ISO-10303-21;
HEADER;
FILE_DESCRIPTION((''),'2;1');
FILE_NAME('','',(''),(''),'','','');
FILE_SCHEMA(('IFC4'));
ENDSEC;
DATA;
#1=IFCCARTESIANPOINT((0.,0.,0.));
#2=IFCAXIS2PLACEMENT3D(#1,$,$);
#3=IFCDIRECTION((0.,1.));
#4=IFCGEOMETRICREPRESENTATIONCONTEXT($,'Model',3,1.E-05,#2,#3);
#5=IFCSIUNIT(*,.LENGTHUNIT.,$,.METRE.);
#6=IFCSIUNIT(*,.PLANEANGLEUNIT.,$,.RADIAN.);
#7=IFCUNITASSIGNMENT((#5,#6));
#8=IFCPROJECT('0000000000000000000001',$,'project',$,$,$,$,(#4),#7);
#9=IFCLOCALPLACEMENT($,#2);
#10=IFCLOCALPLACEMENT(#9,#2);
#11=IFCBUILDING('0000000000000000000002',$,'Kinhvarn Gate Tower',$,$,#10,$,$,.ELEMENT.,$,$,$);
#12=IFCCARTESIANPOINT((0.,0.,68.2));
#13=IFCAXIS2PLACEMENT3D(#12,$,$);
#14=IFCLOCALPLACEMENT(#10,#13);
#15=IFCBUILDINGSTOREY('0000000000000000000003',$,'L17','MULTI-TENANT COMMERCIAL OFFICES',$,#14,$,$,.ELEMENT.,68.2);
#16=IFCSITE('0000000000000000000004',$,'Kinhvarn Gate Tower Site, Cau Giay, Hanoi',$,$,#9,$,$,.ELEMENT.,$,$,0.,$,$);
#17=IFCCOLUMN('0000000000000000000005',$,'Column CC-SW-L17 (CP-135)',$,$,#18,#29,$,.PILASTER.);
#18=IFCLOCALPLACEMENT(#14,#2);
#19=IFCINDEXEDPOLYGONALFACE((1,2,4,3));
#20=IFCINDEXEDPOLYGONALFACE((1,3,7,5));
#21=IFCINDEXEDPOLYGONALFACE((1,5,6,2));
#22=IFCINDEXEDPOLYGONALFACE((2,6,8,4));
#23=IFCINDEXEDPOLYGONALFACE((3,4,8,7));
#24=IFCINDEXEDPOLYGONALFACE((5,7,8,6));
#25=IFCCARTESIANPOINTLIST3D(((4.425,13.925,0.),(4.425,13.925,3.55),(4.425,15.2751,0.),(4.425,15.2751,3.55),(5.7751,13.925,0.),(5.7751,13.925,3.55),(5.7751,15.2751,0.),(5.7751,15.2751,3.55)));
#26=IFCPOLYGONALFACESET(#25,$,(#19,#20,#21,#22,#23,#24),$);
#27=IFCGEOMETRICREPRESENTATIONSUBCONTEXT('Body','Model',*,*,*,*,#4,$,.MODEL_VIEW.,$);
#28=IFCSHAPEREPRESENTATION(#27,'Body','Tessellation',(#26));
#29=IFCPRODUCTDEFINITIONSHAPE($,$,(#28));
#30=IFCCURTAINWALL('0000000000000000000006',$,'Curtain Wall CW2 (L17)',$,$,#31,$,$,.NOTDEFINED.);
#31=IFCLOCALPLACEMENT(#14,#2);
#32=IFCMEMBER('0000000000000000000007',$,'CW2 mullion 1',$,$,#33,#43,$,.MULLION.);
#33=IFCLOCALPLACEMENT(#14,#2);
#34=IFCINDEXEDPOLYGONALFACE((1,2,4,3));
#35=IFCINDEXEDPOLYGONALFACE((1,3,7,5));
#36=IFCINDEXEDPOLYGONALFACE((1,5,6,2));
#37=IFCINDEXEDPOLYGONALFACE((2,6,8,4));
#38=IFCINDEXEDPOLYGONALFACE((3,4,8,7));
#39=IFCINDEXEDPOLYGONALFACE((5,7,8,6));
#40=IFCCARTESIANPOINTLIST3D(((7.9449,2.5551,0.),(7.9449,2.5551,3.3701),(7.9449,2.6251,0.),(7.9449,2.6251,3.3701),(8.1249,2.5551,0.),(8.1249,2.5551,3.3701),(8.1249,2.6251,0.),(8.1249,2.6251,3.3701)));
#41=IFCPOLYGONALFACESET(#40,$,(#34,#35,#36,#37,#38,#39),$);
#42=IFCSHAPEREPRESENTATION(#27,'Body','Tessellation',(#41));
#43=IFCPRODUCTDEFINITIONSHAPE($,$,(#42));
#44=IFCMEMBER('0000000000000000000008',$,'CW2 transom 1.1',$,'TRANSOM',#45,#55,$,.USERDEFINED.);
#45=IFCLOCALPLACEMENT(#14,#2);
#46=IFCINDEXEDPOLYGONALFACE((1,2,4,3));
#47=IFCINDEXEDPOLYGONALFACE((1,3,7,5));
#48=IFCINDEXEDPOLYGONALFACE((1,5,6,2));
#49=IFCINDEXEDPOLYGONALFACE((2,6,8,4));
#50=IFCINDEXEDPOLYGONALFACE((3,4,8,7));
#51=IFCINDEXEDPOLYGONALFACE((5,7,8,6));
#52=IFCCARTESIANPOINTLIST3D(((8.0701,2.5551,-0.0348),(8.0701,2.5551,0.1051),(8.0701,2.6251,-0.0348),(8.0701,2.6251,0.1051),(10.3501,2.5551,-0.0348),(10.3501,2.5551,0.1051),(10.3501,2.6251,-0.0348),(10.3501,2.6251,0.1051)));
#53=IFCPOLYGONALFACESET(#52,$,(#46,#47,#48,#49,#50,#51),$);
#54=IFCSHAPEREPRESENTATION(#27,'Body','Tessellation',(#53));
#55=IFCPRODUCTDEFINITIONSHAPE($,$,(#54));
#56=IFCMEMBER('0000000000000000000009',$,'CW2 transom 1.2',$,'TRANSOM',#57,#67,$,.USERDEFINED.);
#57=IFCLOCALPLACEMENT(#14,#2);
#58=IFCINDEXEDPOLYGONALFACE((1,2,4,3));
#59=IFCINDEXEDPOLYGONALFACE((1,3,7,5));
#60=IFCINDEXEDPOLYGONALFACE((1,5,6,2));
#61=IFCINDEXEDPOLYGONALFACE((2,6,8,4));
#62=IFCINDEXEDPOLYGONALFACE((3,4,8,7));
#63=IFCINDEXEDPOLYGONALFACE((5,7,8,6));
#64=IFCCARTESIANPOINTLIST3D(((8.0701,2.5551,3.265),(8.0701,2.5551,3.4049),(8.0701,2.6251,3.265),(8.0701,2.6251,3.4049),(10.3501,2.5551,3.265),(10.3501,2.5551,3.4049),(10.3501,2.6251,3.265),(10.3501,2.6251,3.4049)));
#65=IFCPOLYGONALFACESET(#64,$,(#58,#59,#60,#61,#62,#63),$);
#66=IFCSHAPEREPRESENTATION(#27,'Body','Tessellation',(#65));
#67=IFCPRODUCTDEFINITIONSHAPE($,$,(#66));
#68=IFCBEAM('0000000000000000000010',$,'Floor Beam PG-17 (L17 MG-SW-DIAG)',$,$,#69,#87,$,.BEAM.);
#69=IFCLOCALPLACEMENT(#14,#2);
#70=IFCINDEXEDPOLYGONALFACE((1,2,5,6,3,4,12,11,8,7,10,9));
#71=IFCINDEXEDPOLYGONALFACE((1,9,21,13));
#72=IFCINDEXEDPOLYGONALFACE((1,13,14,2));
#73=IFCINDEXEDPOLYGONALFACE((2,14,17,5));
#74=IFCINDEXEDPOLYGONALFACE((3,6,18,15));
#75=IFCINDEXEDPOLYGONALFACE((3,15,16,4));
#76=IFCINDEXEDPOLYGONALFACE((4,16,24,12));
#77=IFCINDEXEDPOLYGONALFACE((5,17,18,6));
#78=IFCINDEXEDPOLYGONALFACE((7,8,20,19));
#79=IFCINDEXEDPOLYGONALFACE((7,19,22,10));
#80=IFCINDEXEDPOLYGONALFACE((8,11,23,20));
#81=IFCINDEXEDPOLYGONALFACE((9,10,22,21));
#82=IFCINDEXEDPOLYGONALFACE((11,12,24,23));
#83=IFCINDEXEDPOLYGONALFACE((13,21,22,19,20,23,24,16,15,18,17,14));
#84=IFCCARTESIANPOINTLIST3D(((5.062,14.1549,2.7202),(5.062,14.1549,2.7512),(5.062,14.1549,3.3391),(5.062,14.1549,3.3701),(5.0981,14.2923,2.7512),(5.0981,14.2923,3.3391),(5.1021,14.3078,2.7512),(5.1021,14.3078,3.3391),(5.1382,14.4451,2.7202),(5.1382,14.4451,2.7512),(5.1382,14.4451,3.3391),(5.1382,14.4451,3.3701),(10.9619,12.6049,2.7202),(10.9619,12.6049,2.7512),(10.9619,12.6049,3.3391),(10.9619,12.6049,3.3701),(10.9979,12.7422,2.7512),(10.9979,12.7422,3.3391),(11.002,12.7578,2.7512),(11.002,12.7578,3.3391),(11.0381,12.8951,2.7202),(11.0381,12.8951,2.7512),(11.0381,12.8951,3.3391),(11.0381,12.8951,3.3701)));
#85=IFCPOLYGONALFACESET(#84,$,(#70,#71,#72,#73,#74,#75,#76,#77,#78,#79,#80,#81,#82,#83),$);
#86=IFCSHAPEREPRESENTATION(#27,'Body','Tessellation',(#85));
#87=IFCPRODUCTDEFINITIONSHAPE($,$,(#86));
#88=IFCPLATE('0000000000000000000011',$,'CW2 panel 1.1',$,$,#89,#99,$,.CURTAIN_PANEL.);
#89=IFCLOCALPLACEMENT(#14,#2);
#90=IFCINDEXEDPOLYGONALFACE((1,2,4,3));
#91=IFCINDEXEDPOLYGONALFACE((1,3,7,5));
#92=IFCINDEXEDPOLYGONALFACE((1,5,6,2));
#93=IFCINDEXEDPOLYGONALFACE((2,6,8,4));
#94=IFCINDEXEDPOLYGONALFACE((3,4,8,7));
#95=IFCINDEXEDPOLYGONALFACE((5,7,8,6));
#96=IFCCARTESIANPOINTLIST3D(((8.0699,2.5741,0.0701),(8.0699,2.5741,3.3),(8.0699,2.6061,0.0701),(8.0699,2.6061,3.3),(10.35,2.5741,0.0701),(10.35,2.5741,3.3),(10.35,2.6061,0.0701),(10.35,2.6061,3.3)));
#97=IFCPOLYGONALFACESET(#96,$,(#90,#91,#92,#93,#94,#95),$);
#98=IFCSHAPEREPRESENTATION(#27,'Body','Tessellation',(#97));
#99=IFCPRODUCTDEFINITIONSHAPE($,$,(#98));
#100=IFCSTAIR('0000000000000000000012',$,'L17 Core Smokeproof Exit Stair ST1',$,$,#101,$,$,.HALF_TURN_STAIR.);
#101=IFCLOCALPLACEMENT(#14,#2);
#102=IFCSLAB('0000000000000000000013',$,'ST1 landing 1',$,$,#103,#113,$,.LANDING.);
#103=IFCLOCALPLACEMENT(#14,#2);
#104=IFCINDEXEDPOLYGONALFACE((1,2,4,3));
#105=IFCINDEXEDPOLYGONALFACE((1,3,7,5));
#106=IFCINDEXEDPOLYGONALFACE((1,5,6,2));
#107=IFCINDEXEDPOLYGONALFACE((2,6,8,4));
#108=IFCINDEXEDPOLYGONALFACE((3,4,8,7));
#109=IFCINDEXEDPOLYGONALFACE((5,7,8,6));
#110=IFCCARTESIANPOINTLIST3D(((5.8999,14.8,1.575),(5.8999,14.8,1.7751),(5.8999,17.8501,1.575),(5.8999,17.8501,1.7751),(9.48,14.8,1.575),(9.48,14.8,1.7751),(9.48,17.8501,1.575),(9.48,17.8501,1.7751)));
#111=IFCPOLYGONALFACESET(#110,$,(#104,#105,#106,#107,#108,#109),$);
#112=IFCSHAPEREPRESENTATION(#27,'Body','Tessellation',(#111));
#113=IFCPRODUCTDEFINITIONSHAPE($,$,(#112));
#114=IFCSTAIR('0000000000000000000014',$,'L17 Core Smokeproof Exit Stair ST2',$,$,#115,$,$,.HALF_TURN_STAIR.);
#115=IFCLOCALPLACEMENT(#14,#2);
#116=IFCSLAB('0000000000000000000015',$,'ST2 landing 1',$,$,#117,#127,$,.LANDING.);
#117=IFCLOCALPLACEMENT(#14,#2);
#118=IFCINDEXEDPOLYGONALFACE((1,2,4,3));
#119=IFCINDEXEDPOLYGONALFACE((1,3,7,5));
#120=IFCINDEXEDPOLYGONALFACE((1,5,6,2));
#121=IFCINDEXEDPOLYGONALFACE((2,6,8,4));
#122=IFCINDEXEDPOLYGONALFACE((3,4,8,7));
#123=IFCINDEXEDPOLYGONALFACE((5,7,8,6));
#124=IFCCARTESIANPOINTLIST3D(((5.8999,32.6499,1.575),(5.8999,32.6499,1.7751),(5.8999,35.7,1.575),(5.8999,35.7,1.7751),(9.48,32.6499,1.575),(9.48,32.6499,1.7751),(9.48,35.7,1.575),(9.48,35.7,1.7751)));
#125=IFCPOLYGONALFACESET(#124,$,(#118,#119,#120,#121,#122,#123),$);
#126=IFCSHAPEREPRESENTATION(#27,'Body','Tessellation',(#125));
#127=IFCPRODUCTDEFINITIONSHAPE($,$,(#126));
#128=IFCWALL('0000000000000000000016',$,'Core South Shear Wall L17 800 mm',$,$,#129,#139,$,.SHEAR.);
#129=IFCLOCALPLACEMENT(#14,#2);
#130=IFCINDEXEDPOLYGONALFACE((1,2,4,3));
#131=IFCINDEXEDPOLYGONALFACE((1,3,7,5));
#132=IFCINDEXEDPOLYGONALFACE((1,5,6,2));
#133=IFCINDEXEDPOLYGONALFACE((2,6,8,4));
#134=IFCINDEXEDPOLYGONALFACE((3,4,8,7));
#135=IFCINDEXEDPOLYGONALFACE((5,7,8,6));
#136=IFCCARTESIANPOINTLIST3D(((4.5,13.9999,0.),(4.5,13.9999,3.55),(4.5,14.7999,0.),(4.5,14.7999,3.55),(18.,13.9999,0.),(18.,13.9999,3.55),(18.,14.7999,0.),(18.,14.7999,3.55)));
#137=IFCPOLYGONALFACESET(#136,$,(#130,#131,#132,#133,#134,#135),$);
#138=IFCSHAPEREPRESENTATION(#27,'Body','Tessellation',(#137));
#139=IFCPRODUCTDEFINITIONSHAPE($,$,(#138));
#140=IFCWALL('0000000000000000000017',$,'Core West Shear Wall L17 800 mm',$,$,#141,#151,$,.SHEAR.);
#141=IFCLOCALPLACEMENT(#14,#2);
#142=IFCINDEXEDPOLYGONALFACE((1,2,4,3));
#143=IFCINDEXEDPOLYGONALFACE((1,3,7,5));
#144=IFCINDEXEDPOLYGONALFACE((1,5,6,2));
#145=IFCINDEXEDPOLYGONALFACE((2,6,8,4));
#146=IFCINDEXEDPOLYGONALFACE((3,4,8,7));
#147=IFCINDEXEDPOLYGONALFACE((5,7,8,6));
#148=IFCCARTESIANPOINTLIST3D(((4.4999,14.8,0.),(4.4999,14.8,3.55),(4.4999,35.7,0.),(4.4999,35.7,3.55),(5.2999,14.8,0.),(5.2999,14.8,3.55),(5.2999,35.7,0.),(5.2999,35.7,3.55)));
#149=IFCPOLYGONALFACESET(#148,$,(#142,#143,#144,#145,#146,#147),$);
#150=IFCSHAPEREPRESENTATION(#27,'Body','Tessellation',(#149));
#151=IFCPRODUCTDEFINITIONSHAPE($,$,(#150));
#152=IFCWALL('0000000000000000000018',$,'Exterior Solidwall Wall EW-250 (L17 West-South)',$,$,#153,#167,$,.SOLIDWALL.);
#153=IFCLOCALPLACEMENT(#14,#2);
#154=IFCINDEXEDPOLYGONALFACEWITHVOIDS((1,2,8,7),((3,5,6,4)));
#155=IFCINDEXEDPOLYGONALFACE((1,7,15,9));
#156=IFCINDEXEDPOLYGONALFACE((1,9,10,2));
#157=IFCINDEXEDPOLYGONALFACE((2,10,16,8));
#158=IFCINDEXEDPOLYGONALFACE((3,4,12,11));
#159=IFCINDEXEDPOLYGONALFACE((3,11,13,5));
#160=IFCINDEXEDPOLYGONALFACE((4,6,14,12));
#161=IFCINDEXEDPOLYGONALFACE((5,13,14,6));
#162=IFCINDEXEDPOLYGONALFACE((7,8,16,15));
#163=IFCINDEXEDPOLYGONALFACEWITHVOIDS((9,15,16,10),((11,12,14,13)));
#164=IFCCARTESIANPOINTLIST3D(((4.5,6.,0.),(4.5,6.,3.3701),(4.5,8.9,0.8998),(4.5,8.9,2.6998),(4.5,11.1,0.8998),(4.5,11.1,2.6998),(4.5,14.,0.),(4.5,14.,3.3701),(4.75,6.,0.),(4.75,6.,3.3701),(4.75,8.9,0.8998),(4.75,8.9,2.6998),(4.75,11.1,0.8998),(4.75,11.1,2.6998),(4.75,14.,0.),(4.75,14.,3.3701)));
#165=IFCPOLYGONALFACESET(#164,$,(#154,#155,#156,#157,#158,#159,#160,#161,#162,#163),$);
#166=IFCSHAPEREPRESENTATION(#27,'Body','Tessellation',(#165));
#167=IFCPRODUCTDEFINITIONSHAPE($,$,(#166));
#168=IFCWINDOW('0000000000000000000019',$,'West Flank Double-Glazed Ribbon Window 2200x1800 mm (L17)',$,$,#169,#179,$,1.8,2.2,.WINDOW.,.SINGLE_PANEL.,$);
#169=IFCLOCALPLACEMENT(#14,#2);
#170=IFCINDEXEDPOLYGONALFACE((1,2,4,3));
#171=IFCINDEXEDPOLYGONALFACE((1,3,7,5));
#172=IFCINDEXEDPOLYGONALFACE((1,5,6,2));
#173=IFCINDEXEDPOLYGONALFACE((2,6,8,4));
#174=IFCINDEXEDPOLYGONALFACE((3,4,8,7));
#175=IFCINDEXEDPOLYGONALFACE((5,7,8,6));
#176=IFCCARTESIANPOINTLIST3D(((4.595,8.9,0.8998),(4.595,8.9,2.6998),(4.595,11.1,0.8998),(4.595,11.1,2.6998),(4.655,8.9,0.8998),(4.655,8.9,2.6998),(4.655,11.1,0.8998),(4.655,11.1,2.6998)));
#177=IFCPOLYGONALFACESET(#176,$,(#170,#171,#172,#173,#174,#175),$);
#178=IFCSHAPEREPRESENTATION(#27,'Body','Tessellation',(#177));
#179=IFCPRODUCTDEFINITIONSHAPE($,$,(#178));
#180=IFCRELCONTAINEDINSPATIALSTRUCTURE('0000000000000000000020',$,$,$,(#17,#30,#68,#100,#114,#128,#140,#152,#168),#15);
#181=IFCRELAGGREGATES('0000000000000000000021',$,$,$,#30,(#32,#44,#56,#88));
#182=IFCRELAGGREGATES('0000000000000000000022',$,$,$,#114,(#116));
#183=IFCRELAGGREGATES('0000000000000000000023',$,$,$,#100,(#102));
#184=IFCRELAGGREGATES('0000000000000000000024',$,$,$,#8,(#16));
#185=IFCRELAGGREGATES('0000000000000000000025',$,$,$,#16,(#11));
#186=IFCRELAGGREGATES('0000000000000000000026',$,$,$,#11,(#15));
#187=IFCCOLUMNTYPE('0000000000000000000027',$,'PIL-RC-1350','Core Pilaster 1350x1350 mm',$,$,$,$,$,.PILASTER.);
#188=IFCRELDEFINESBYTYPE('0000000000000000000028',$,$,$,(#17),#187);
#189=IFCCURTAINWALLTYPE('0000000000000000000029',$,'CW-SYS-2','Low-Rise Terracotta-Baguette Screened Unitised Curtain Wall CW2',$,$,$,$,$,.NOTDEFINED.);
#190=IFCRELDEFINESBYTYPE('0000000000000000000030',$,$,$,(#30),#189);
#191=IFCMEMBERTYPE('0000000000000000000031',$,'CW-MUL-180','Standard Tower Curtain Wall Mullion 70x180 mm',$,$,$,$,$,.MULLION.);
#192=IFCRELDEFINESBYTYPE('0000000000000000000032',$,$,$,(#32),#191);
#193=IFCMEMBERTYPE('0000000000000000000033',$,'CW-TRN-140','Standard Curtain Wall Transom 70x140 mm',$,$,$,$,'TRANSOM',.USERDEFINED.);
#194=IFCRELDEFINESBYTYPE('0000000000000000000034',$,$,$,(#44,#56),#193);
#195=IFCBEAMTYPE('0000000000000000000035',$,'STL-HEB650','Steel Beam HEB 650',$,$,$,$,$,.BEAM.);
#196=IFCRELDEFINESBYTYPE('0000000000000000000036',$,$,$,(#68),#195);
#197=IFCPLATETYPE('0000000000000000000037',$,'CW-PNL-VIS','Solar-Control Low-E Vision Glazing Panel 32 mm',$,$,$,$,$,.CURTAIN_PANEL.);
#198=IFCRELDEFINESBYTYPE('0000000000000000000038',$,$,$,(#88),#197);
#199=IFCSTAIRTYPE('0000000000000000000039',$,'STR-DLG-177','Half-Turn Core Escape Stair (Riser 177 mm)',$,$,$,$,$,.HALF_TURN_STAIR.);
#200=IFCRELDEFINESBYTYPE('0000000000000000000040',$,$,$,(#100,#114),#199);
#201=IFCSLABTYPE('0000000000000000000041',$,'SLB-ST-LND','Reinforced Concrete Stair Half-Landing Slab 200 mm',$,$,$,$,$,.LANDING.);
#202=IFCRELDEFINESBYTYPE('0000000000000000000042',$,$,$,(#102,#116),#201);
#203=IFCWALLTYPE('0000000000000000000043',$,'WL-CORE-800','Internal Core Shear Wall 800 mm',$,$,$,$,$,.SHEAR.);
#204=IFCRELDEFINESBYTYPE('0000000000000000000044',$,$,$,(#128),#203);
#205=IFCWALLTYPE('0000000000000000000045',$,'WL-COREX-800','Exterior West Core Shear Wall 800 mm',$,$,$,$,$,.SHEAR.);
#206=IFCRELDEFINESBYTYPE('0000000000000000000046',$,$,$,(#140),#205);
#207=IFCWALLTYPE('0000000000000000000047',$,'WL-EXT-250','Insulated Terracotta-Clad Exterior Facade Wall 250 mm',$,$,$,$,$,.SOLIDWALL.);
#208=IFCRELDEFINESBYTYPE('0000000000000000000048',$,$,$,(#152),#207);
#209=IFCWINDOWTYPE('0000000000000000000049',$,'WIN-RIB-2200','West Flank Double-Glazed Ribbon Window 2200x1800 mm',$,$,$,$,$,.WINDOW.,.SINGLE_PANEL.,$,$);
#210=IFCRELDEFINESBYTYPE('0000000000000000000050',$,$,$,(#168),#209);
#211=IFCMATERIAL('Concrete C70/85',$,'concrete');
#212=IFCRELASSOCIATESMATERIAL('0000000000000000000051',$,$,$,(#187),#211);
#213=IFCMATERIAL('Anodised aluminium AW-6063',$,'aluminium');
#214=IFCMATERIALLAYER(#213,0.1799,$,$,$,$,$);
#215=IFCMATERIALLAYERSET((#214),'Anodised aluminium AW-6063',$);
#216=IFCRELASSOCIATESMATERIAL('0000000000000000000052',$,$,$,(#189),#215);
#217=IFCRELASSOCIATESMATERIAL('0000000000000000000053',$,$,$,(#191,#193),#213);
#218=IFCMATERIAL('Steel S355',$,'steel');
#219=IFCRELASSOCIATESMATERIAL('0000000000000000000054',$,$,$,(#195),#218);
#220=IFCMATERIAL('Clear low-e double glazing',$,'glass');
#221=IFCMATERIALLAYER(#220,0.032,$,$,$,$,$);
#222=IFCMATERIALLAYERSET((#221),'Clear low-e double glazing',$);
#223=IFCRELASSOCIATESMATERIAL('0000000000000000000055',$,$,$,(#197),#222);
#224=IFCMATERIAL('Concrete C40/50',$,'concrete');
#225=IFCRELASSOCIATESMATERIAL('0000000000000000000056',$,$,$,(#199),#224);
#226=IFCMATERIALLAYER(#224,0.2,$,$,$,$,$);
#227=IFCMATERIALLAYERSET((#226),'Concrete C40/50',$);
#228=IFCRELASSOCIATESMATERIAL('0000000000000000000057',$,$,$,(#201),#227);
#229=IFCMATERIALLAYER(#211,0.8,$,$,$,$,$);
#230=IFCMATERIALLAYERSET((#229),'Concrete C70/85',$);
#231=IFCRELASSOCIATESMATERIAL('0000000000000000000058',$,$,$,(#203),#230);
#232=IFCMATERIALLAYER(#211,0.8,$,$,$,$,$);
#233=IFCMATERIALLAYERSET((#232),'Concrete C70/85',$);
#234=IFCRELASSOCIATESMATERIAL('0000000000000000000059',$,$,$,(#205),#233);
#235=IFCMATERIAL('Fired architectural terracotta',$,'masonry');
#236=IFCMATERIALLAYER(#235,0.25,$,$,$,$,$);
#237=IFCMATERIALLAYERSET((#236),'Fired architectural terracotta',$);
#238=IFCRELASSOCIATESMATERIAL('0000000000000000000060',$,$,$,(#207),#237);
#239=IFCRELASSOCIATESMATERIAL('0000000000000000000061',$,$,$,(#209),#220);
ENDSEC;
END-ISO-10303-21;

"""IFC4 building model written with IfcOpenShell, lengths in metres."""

from ifc_helpers import new_model, si_unit, direction, frame, frame_2d, origin, origin_2d, place, context, subcontext, project, spatial, polyline, rectangle, i_section, outline, extrude, material, layer, layer_set, material_profile, profile_set, type_object, element, fill, aggregate, save


model = new_model("IFC4")

# Units and contexts
model_context = context("Model", 3, precision=1e-05, world=origin(), true_north=direction((0.0, 1.0)))
body_context = subcontext(model_context, "Body", "Model", "MODEL_VIEW")
ifc_project = project(units=[si_unit("LENGTHUNIT", "METRE"), si_unit("PLANEANGLEUNIT", "RADIAN")], contexts=[model_context])

# Site, building, storey
site_placement = place(None, origin())
site = spatial("IfcSite", under=ifc_project, at=site_placement, Name="Kinhvarn Gate Tower Site, Cau Giay, Hanoi", CompositionType="ELEMENT", RefElevation=0.0)
building_placement = place(site_placement, origin())
building = spatial("IfcBuilding", under=site, at=building_placement, Name="Kinhvarn Gate Tower", CompositionType="ELEMENT")
storey_placement = place(building_placement, frame((0.0, 0.0, 68.2)))
storey = spatial("IfcBuildingStorey", under=building, at=storey_placement, Name="L17", Description="MULTI-TENANT COMMERCIAL OFFICES", CompositionType="ELEMENT", Elevation=68.2)

# Column
ifc_material_1 = material(Name="Concrete C70/85", Category="concrete")
ifc_material_profile_1 = material_profile(ifc_material_1, rectangle(XDim=1.3501, YDim=1.3501, at=origin_2d()), Name="RC 1350x1350")
ifc_profile_set_1 = profile_set([ifc_material_profile_1], Name="Concrete C70/85")
column_type = type_object("IfcColumnType", Name="PIL-RC-1350", Description="Core Pilaster 1350x1350 mm", PredefinedType="PILASTER", material=ifc_profile_set_1)
column_placement = place(storey_placement, frame((5.1001, 14.6001, 0.0), z_axis=(0.0, 0.0, 1.0), x_axis=(1.0, 0.0, 0.0)))
element("IfcColumn", 1, at=column_placement, inside=storey, type_object=column_type, Name="Column CC-SW-L17 (CP-135)", PredefinedType="PILASTER", context=body_context, shape_type="SweptSolid", body=[
    extrude(rectangle(XDim=1.3501, YDim=1.3501, at=origin_2d()), origin(), (0.0, 0.0, 1.0), 3.55),
])

# Curtain wall, members
ifc_material_2 = material(Name="Anodised aluminium AW-6063", Category="aluminium")
ifc_layer_1 = layer(ifc_material_2, 0.1799)
ifc_layer_set_1 = layer_set([ifc_layer_1], Name="Anodised aluminium AW-6063")
curtain_wall_type = type_object("IfcCurtainWallType", Name="CW-SYS-2", Description="Low-Rise Terracotta-Baguette Screened Unitised Curtain Wall CW2", PredefinedType="NOTDEFINED", material=ifc_layer_set_1)
curtain_wall_placement = place(storey_placement, origin())
curtain_wall = element("IfcCurtainWall", 2, at=curtain_wall_placement, inside=storey, type_object=curtain_wall_type, Name="Curtain Wall CW2 (L17)", PredefinedType="NOTDEFINED")
ifc_material_profile_2 = material_profile(ifc_material_2, rectangle(XDim=0.0701, YDim=0.1799, at=origin_2d()), Name="ALU 70x180")
ifc_profile_set_2 = profile_set([ifc_material_profile_2], Name="Anodised aluminium AW-6063")
member_type_1 = type_object("IfcMemberType", Name="CW-MUL-180", Description="Standard Tower Curtain Wall Mullion 70x180 mm", PredefinedType="MULLION", material=ifc_profile_set_2)
member_1_placement = place(storey_placement, frame((8.0349, 2.5901, 0.0), z_axis=(0.0, 0.0, 1.0), x_axis=(0.0, 1.0, 0.0)))
member_1 = element("IfcMember", 3, at=member_1_placement, type_object=member_type_1, Name="CW2 mullion 1", PredefinedType="MULLION", context=body_context, shape_type="SweptSolid", body=[
    extrude(rectangle(XDim=0.0701, YDim=0.1799, at=origin_2d()), origin(), (0.0, 0.0, 1.0), 3.3701),
])
ifc_material_profile_3 = material_profile(ifc_material_2, rectangle(XDim=0.0701, YDim=0.1399, at=origin_2d()), Name="ALU 70x140")
ifc_profile_set_3 = profile_set([ifc_material_profile_3], Name="Anodised aluminium AW-6063")
member_type_2 = type_object("IfcMemberType", Name="CW-TRN-140", Description="Standard Curtain Wall Transom 70x140 mm", ElementType="TRANSOM", PredefinedType="USERDEFINED", material=ifc_profile_set_3)
member_2_placement = place(storey_placement, frame((8.0701, 2.5901, 0.0352), z_axis=(1.0, 0.0, 0.0), x_axis=(0.0, 1.0, 0.0)))
member_2 = element("IfcMember", 4, at=member_2_placement, type_object=member_type_2, Name="CW2 transom 1.1", ObjectType="TRANSOM", PredefinedType="USERDEFINED", context=body_context, shape_type="SweptSolid", body=[
    extrude(rectangle(XDim=0.0701, YDim=0.1399, at=origin_2d()), origin(), (0.0, 0.0, 1.0), 2.28),
])
member_3_placement = place(storey_placement, frame((8.0701, 2.5901, 3.335), z_axis=(1.0, 0.0, 0.0), x_axis=(0.0, 1.0, 0.0)))
member_3 = element("IfcMember", 5, at=member_3_placement, type_object=member_type_2, Name="CW2 transom 1.2", ObjectType="TRANSOM", PredefinedType="USERDEFINED", context=body_context, shape_type="SweptSolid", body=[
    extrude(rectangle(XDim=0.0701, YDim=0.1399, at=origin_2d()), origin(), (0.0, 0.0, 1.0), 2.28),
])

# Beam
ifc_material_3 = material(Name="Steel S355", Category="steel")
ifc_material_profile_4 = material_profile(ifc_material_3, i_section(OverallWidth=0.3, OverallDepth=0.6499, WebThickness=0.0161, FlangeThickness=0.031, at=origin_2d()), Name="HEB 650")
ifc_profile_set_4 = profile_set([ifc_material_profile_4], Name="Steel S355")
beam_type = type_object("IfcBeamType", Name="STL-HEB650", Description="Steel Beam HEB 650", PredefinedType="BEAM", material=ifc_profile_set_4)
beam_placement = place(storey_placement, frame((5.1001, 14.3, 3.0452), z_axis=(0.967178, -0.254101, 0.0), x_axis=(0.254101, 0.967178, 0.0)))
element("IfcBeam", 6, at=beam_placement, inside=storey, type_object=beam_type, Name="Floor Beam PG-17 (L17 MG-SW-DIAG)", PredefinedType="BEAM", context=body_context, shape_type="SweptSolid", body=[
    extrude(i_section(OverallWidth=0.3, OverallDepth=0.6499, WebThickness=0.0161, FlangeThickness=0.031, at=origin_2d()), origin(), (0.0, 0.0, 1.0), 6.1001),
])

# Plate
ifc_material_4 = material(Name="Clear low-e double glazing", Category="glass")
ifc_layer_2 = layer(ifc_material_4, 0.032)
ifc_layer_set_2 = layer_set([ifc_layer_2], Name="Clear low-e double glazing")
plate_type = type_object("IfcPlateType", Name="CW-PNL-VIS", Description="Solar-Control Low-E Vision Glazing Panel 32 mm", PredefinedType="CURTAIN_PANEL", material=ifc_layer_set_2)
plate_placement = place(storey_placement, frame((9.21, 2.5901, 0.0701), z_axis=(0.0, 0.0, 1.0), x_axis=(1.0, 0.0, 0.0)))
plate = element("IfcPlate", 7, at=plate_placement, type_object=plate_type, Name="CW2 panel 1.1", PredefinedType="CURTAIN_PANEL", context=body_context, shape_type="SweptSolid", body=[
    extrude(rectangle(XDim=2.28, YDim=0.032, at=origin_2d()), origin(), (0.0, 0.0, 1.0), 3.23),
])
aggregate(curtain_wall, [member_1, member_2, member_3, plate])

# Stairs, slabs
ifc_material_5 = material(Name="Concrete C40/50", Category="concrete")
stair_type = type_object("IfcStairType", Name="STR-DLG-177", Description="Half-Turn Core Escape Stair (Riser 177 mm)", PredefinedType="HALF_TURN_STAIR", material=ifc_material_5)
stair_1_placement = place(storey_placement, origin())
stair_1 = element("IfcStair", 8, at=stair_1_placement, inside=storey, type_object=stair_type, Name="L17 Core Smokeproof Exit Stair ST1", PredefinedType="HALF_TURN_STAIR")
ifc_layer_3 = layer(ifc_material_5, 0.2)
ifc_layer_set_3 = layer_set([ifc_layer_3], Name="Concrete C40/50")
slab_type = type_object("IfcSlabType", Name="SLB-ST-LND", Description="Reinforced Concrete Stair Half-Landing Slab 200 mm", PredefinedType="LANDING", material=ifc_layer_set_3)
slab_1_placement = place(storey_placement, frame((0.0, 0.0, 1.575)))
slab_1 = element("IfcSlab", 9, at=slab_1_placement, type_object=slab_type, Name="ST1 landing 1", PredefinedType="LANDING", context=body_context, shape_type="SweptSolid", body=[
    extrude(outline(polyline([(9.48, 17.8501), (5.8999, 17.8501), (5.8999, 14.8), (9.48, 14.8), (9.48, 17.8501)])), origin(), (0.0, 0.0, 1.0), 0.2002),
])
stair_2_placement = place(storey_placement, origin())
stair_2 = element("IfcStair", 10, at=stair_2_placement, inside=storey, type_object=stair_type, Name="L17 Core Smokeproof Exit Stair ST2", PredefinedType="HALF_TURN_STAIR")
slab_2_placement = place(storey_placement, frame((0.0, 0.0, 1.575)))
slab_2 = element("IfcSlab", 11, at=slab_2_placement, type_object=slab_type, Name="ST2 landing 1", PredefinedType="LANDING", context=body_context, shape_type="SweptSolid", body=[
    extrude(outline(polyline([(9.48, 35.7), (5.8999, 35.7), (5.8999, 32.6499), (9.48, 32.6499), (9.48, 35.7)])), origin(), (0.0, 0.0, 1.0), 0.2002),
])
aggregate(stair_2, [slab_2])

# Walls
ifc_layer_4 = layer(ifc_material_1, 0.8)
ifc_layer_set_4 = layer_set([ifc_layer_4], Name="Concrete C70/85")
wall_type_1 = type_object("IfcWallType", Name="WL-CORE-800", Description="Internal Core Shear Wall 800 mm", PredefinedType="SHEAR", material=ifc_layer_set_4)
wall_1_placement = place(storey_placement, frame((4.5, 14.3999, 0.0), z_axis=(0.0, 0.0, 1.0), x_axis=(1.0, 0.0, 0.0)))
element("IfcWall", 12, at=wall_1_placement, inside=storey, type_object=wall_type_1, Name="Core South Shear Wall L17 800 mm", PredefinedType="SHEAR", context=body_context, shape_type="SweptSolid", body=[
    extrude(rectangle(XDim=13.5, YDim=0.8, at=frame_2d((6.75, 0.0))), origin(), (0.0, 0.0, 1.0), 3.55),
])
ifc_layer_5 = layer(ifc_material_1, 0.8)
ifc_layer_set_5 = layer_set([ifc_layer_5], Name="Concrete C70/85")
wall_type_2 = type_object("IfcWallType", Name="WL-COREX-800", Description="Exterior West Core Shear Wall 800 mm", PredefinedType="SHEAR", material=ifc_layer_set_5)
wall_2_placement = place(storey_placement, frame((4.8999, 14.8, 0.0), z_axis=(0.0, 0.0, 1.0), x_axis=(0.0, 1.0, 0.0)))
element("IfcWall", 13, at=wall_2_placement, inside=storey, type_object=wall_type_2, Name="Core West Shear Wall L17 800 mm", PredefinedType="SHEAR", context=body_context, shape_type="SweptSolid", body=[
    extrude(rectangle(XDim=20.8999, YDim=0.8, at=frame_2d((10.45, 0.0))), origin(), (0.0, 0.0, 1.0), 3.55),
])

# Wall, opening, window
ifc_material_6 = material(Name="Fired architectural terracotta", Category="masonry")
ifc_layer_6 = layer(ifc_material_6, 0.25)
ifc_layer_set_6 = layer_set([ifc_layer_6], Name="Fired architectural terracotta")
wall_type_3 = type_object("IfcWallType", Name="WL-EXT-250", Description="Insulated Terracotta-Clad Exterior Facade Wall 250 mm", PredefinedType="SOLIDWALL", material=ifc_layer_set_6)
wall_3_placement = place(storey_placement, frame((4.625, 14.0, 0.0), z_axis=(0.0, 0.0, 1.0), x_axis=(0.0, -1.0, 0.0)))
wall_3 = element("IfcWall", 14, at=wall_3_placement, inside=storey, type_object=wall_type_3, Name="Exterior Solidwall Wall EW-250 (L17 West-South)", PredefinedType="SOLIDWALL", context=body_context, shape_type="SweptSolid", body=[
    extrude(rectangle(XDim=8.0, YDim=0.25, at=frame_2d((4.0, 0.0))), origin(), (0.0, 0.0, 1.0), 3.3701),
])
opening_1_placement = place(wall_3_placement, frame((2.8999, 0.0, 0.8999)))
opening_1 = element("IfcOpeningElement", 15, at=opening_1_placement, cuts=wall_3, PredefinedType="OPENING", context=body_context, shape_type="SweptSolid", body=[
    extrude(rectangle(XDim=2.2, YDim=1.8, at=frame_2d((1.1001, 0.8999))), frame((0.0, 0.135, 0.0), z_axis=(0.0, -1.0, 0.0), x_axis=(1.0, 0.0, 0.0)), (0.0, 0.0, 1.0), 0.27),
])
window_type_1 = type_object("IfcWindowType", Name="WIN-RIB-2200", Description="West Flank Double-Glazed Ribbon Window 2200x1800 mm", PartitioningType="SINGLE_PANEL", PredefinedType="WINDOW", material=ifc_material_4)
window_1_placement = place(opening_1_placement, origin())
window_1 = element("IfcWindow", 16, at=window_1_placement, inside=storey, type_object=window_type_1, Name="West Flank Double-Glazed Ribbon Window 2200x1800 mm (L17)", OverallHeight=1.8, OverallWidth=2.2, PartitioningType="SINGLE_PANEL", PredefinedType="WINDOW", context=body_context, shape_type="SweptSolid", body=[
    extrude(rectangle(XDim=2.2, YDim=1.8, at=frame_2d((1.1001, 0.8999))), frame((0.0, 0.03, 0.0), z_axis=(0.0, -1.0, 0.0), x_axis=(1.0, 0.0, 0.0)), (0.0, 0.0, 1.0), 0.0601),
])
fill(opening_1, window_1)

aggregate(stair_1, [slab_1])

save(model, "model.ifc")
